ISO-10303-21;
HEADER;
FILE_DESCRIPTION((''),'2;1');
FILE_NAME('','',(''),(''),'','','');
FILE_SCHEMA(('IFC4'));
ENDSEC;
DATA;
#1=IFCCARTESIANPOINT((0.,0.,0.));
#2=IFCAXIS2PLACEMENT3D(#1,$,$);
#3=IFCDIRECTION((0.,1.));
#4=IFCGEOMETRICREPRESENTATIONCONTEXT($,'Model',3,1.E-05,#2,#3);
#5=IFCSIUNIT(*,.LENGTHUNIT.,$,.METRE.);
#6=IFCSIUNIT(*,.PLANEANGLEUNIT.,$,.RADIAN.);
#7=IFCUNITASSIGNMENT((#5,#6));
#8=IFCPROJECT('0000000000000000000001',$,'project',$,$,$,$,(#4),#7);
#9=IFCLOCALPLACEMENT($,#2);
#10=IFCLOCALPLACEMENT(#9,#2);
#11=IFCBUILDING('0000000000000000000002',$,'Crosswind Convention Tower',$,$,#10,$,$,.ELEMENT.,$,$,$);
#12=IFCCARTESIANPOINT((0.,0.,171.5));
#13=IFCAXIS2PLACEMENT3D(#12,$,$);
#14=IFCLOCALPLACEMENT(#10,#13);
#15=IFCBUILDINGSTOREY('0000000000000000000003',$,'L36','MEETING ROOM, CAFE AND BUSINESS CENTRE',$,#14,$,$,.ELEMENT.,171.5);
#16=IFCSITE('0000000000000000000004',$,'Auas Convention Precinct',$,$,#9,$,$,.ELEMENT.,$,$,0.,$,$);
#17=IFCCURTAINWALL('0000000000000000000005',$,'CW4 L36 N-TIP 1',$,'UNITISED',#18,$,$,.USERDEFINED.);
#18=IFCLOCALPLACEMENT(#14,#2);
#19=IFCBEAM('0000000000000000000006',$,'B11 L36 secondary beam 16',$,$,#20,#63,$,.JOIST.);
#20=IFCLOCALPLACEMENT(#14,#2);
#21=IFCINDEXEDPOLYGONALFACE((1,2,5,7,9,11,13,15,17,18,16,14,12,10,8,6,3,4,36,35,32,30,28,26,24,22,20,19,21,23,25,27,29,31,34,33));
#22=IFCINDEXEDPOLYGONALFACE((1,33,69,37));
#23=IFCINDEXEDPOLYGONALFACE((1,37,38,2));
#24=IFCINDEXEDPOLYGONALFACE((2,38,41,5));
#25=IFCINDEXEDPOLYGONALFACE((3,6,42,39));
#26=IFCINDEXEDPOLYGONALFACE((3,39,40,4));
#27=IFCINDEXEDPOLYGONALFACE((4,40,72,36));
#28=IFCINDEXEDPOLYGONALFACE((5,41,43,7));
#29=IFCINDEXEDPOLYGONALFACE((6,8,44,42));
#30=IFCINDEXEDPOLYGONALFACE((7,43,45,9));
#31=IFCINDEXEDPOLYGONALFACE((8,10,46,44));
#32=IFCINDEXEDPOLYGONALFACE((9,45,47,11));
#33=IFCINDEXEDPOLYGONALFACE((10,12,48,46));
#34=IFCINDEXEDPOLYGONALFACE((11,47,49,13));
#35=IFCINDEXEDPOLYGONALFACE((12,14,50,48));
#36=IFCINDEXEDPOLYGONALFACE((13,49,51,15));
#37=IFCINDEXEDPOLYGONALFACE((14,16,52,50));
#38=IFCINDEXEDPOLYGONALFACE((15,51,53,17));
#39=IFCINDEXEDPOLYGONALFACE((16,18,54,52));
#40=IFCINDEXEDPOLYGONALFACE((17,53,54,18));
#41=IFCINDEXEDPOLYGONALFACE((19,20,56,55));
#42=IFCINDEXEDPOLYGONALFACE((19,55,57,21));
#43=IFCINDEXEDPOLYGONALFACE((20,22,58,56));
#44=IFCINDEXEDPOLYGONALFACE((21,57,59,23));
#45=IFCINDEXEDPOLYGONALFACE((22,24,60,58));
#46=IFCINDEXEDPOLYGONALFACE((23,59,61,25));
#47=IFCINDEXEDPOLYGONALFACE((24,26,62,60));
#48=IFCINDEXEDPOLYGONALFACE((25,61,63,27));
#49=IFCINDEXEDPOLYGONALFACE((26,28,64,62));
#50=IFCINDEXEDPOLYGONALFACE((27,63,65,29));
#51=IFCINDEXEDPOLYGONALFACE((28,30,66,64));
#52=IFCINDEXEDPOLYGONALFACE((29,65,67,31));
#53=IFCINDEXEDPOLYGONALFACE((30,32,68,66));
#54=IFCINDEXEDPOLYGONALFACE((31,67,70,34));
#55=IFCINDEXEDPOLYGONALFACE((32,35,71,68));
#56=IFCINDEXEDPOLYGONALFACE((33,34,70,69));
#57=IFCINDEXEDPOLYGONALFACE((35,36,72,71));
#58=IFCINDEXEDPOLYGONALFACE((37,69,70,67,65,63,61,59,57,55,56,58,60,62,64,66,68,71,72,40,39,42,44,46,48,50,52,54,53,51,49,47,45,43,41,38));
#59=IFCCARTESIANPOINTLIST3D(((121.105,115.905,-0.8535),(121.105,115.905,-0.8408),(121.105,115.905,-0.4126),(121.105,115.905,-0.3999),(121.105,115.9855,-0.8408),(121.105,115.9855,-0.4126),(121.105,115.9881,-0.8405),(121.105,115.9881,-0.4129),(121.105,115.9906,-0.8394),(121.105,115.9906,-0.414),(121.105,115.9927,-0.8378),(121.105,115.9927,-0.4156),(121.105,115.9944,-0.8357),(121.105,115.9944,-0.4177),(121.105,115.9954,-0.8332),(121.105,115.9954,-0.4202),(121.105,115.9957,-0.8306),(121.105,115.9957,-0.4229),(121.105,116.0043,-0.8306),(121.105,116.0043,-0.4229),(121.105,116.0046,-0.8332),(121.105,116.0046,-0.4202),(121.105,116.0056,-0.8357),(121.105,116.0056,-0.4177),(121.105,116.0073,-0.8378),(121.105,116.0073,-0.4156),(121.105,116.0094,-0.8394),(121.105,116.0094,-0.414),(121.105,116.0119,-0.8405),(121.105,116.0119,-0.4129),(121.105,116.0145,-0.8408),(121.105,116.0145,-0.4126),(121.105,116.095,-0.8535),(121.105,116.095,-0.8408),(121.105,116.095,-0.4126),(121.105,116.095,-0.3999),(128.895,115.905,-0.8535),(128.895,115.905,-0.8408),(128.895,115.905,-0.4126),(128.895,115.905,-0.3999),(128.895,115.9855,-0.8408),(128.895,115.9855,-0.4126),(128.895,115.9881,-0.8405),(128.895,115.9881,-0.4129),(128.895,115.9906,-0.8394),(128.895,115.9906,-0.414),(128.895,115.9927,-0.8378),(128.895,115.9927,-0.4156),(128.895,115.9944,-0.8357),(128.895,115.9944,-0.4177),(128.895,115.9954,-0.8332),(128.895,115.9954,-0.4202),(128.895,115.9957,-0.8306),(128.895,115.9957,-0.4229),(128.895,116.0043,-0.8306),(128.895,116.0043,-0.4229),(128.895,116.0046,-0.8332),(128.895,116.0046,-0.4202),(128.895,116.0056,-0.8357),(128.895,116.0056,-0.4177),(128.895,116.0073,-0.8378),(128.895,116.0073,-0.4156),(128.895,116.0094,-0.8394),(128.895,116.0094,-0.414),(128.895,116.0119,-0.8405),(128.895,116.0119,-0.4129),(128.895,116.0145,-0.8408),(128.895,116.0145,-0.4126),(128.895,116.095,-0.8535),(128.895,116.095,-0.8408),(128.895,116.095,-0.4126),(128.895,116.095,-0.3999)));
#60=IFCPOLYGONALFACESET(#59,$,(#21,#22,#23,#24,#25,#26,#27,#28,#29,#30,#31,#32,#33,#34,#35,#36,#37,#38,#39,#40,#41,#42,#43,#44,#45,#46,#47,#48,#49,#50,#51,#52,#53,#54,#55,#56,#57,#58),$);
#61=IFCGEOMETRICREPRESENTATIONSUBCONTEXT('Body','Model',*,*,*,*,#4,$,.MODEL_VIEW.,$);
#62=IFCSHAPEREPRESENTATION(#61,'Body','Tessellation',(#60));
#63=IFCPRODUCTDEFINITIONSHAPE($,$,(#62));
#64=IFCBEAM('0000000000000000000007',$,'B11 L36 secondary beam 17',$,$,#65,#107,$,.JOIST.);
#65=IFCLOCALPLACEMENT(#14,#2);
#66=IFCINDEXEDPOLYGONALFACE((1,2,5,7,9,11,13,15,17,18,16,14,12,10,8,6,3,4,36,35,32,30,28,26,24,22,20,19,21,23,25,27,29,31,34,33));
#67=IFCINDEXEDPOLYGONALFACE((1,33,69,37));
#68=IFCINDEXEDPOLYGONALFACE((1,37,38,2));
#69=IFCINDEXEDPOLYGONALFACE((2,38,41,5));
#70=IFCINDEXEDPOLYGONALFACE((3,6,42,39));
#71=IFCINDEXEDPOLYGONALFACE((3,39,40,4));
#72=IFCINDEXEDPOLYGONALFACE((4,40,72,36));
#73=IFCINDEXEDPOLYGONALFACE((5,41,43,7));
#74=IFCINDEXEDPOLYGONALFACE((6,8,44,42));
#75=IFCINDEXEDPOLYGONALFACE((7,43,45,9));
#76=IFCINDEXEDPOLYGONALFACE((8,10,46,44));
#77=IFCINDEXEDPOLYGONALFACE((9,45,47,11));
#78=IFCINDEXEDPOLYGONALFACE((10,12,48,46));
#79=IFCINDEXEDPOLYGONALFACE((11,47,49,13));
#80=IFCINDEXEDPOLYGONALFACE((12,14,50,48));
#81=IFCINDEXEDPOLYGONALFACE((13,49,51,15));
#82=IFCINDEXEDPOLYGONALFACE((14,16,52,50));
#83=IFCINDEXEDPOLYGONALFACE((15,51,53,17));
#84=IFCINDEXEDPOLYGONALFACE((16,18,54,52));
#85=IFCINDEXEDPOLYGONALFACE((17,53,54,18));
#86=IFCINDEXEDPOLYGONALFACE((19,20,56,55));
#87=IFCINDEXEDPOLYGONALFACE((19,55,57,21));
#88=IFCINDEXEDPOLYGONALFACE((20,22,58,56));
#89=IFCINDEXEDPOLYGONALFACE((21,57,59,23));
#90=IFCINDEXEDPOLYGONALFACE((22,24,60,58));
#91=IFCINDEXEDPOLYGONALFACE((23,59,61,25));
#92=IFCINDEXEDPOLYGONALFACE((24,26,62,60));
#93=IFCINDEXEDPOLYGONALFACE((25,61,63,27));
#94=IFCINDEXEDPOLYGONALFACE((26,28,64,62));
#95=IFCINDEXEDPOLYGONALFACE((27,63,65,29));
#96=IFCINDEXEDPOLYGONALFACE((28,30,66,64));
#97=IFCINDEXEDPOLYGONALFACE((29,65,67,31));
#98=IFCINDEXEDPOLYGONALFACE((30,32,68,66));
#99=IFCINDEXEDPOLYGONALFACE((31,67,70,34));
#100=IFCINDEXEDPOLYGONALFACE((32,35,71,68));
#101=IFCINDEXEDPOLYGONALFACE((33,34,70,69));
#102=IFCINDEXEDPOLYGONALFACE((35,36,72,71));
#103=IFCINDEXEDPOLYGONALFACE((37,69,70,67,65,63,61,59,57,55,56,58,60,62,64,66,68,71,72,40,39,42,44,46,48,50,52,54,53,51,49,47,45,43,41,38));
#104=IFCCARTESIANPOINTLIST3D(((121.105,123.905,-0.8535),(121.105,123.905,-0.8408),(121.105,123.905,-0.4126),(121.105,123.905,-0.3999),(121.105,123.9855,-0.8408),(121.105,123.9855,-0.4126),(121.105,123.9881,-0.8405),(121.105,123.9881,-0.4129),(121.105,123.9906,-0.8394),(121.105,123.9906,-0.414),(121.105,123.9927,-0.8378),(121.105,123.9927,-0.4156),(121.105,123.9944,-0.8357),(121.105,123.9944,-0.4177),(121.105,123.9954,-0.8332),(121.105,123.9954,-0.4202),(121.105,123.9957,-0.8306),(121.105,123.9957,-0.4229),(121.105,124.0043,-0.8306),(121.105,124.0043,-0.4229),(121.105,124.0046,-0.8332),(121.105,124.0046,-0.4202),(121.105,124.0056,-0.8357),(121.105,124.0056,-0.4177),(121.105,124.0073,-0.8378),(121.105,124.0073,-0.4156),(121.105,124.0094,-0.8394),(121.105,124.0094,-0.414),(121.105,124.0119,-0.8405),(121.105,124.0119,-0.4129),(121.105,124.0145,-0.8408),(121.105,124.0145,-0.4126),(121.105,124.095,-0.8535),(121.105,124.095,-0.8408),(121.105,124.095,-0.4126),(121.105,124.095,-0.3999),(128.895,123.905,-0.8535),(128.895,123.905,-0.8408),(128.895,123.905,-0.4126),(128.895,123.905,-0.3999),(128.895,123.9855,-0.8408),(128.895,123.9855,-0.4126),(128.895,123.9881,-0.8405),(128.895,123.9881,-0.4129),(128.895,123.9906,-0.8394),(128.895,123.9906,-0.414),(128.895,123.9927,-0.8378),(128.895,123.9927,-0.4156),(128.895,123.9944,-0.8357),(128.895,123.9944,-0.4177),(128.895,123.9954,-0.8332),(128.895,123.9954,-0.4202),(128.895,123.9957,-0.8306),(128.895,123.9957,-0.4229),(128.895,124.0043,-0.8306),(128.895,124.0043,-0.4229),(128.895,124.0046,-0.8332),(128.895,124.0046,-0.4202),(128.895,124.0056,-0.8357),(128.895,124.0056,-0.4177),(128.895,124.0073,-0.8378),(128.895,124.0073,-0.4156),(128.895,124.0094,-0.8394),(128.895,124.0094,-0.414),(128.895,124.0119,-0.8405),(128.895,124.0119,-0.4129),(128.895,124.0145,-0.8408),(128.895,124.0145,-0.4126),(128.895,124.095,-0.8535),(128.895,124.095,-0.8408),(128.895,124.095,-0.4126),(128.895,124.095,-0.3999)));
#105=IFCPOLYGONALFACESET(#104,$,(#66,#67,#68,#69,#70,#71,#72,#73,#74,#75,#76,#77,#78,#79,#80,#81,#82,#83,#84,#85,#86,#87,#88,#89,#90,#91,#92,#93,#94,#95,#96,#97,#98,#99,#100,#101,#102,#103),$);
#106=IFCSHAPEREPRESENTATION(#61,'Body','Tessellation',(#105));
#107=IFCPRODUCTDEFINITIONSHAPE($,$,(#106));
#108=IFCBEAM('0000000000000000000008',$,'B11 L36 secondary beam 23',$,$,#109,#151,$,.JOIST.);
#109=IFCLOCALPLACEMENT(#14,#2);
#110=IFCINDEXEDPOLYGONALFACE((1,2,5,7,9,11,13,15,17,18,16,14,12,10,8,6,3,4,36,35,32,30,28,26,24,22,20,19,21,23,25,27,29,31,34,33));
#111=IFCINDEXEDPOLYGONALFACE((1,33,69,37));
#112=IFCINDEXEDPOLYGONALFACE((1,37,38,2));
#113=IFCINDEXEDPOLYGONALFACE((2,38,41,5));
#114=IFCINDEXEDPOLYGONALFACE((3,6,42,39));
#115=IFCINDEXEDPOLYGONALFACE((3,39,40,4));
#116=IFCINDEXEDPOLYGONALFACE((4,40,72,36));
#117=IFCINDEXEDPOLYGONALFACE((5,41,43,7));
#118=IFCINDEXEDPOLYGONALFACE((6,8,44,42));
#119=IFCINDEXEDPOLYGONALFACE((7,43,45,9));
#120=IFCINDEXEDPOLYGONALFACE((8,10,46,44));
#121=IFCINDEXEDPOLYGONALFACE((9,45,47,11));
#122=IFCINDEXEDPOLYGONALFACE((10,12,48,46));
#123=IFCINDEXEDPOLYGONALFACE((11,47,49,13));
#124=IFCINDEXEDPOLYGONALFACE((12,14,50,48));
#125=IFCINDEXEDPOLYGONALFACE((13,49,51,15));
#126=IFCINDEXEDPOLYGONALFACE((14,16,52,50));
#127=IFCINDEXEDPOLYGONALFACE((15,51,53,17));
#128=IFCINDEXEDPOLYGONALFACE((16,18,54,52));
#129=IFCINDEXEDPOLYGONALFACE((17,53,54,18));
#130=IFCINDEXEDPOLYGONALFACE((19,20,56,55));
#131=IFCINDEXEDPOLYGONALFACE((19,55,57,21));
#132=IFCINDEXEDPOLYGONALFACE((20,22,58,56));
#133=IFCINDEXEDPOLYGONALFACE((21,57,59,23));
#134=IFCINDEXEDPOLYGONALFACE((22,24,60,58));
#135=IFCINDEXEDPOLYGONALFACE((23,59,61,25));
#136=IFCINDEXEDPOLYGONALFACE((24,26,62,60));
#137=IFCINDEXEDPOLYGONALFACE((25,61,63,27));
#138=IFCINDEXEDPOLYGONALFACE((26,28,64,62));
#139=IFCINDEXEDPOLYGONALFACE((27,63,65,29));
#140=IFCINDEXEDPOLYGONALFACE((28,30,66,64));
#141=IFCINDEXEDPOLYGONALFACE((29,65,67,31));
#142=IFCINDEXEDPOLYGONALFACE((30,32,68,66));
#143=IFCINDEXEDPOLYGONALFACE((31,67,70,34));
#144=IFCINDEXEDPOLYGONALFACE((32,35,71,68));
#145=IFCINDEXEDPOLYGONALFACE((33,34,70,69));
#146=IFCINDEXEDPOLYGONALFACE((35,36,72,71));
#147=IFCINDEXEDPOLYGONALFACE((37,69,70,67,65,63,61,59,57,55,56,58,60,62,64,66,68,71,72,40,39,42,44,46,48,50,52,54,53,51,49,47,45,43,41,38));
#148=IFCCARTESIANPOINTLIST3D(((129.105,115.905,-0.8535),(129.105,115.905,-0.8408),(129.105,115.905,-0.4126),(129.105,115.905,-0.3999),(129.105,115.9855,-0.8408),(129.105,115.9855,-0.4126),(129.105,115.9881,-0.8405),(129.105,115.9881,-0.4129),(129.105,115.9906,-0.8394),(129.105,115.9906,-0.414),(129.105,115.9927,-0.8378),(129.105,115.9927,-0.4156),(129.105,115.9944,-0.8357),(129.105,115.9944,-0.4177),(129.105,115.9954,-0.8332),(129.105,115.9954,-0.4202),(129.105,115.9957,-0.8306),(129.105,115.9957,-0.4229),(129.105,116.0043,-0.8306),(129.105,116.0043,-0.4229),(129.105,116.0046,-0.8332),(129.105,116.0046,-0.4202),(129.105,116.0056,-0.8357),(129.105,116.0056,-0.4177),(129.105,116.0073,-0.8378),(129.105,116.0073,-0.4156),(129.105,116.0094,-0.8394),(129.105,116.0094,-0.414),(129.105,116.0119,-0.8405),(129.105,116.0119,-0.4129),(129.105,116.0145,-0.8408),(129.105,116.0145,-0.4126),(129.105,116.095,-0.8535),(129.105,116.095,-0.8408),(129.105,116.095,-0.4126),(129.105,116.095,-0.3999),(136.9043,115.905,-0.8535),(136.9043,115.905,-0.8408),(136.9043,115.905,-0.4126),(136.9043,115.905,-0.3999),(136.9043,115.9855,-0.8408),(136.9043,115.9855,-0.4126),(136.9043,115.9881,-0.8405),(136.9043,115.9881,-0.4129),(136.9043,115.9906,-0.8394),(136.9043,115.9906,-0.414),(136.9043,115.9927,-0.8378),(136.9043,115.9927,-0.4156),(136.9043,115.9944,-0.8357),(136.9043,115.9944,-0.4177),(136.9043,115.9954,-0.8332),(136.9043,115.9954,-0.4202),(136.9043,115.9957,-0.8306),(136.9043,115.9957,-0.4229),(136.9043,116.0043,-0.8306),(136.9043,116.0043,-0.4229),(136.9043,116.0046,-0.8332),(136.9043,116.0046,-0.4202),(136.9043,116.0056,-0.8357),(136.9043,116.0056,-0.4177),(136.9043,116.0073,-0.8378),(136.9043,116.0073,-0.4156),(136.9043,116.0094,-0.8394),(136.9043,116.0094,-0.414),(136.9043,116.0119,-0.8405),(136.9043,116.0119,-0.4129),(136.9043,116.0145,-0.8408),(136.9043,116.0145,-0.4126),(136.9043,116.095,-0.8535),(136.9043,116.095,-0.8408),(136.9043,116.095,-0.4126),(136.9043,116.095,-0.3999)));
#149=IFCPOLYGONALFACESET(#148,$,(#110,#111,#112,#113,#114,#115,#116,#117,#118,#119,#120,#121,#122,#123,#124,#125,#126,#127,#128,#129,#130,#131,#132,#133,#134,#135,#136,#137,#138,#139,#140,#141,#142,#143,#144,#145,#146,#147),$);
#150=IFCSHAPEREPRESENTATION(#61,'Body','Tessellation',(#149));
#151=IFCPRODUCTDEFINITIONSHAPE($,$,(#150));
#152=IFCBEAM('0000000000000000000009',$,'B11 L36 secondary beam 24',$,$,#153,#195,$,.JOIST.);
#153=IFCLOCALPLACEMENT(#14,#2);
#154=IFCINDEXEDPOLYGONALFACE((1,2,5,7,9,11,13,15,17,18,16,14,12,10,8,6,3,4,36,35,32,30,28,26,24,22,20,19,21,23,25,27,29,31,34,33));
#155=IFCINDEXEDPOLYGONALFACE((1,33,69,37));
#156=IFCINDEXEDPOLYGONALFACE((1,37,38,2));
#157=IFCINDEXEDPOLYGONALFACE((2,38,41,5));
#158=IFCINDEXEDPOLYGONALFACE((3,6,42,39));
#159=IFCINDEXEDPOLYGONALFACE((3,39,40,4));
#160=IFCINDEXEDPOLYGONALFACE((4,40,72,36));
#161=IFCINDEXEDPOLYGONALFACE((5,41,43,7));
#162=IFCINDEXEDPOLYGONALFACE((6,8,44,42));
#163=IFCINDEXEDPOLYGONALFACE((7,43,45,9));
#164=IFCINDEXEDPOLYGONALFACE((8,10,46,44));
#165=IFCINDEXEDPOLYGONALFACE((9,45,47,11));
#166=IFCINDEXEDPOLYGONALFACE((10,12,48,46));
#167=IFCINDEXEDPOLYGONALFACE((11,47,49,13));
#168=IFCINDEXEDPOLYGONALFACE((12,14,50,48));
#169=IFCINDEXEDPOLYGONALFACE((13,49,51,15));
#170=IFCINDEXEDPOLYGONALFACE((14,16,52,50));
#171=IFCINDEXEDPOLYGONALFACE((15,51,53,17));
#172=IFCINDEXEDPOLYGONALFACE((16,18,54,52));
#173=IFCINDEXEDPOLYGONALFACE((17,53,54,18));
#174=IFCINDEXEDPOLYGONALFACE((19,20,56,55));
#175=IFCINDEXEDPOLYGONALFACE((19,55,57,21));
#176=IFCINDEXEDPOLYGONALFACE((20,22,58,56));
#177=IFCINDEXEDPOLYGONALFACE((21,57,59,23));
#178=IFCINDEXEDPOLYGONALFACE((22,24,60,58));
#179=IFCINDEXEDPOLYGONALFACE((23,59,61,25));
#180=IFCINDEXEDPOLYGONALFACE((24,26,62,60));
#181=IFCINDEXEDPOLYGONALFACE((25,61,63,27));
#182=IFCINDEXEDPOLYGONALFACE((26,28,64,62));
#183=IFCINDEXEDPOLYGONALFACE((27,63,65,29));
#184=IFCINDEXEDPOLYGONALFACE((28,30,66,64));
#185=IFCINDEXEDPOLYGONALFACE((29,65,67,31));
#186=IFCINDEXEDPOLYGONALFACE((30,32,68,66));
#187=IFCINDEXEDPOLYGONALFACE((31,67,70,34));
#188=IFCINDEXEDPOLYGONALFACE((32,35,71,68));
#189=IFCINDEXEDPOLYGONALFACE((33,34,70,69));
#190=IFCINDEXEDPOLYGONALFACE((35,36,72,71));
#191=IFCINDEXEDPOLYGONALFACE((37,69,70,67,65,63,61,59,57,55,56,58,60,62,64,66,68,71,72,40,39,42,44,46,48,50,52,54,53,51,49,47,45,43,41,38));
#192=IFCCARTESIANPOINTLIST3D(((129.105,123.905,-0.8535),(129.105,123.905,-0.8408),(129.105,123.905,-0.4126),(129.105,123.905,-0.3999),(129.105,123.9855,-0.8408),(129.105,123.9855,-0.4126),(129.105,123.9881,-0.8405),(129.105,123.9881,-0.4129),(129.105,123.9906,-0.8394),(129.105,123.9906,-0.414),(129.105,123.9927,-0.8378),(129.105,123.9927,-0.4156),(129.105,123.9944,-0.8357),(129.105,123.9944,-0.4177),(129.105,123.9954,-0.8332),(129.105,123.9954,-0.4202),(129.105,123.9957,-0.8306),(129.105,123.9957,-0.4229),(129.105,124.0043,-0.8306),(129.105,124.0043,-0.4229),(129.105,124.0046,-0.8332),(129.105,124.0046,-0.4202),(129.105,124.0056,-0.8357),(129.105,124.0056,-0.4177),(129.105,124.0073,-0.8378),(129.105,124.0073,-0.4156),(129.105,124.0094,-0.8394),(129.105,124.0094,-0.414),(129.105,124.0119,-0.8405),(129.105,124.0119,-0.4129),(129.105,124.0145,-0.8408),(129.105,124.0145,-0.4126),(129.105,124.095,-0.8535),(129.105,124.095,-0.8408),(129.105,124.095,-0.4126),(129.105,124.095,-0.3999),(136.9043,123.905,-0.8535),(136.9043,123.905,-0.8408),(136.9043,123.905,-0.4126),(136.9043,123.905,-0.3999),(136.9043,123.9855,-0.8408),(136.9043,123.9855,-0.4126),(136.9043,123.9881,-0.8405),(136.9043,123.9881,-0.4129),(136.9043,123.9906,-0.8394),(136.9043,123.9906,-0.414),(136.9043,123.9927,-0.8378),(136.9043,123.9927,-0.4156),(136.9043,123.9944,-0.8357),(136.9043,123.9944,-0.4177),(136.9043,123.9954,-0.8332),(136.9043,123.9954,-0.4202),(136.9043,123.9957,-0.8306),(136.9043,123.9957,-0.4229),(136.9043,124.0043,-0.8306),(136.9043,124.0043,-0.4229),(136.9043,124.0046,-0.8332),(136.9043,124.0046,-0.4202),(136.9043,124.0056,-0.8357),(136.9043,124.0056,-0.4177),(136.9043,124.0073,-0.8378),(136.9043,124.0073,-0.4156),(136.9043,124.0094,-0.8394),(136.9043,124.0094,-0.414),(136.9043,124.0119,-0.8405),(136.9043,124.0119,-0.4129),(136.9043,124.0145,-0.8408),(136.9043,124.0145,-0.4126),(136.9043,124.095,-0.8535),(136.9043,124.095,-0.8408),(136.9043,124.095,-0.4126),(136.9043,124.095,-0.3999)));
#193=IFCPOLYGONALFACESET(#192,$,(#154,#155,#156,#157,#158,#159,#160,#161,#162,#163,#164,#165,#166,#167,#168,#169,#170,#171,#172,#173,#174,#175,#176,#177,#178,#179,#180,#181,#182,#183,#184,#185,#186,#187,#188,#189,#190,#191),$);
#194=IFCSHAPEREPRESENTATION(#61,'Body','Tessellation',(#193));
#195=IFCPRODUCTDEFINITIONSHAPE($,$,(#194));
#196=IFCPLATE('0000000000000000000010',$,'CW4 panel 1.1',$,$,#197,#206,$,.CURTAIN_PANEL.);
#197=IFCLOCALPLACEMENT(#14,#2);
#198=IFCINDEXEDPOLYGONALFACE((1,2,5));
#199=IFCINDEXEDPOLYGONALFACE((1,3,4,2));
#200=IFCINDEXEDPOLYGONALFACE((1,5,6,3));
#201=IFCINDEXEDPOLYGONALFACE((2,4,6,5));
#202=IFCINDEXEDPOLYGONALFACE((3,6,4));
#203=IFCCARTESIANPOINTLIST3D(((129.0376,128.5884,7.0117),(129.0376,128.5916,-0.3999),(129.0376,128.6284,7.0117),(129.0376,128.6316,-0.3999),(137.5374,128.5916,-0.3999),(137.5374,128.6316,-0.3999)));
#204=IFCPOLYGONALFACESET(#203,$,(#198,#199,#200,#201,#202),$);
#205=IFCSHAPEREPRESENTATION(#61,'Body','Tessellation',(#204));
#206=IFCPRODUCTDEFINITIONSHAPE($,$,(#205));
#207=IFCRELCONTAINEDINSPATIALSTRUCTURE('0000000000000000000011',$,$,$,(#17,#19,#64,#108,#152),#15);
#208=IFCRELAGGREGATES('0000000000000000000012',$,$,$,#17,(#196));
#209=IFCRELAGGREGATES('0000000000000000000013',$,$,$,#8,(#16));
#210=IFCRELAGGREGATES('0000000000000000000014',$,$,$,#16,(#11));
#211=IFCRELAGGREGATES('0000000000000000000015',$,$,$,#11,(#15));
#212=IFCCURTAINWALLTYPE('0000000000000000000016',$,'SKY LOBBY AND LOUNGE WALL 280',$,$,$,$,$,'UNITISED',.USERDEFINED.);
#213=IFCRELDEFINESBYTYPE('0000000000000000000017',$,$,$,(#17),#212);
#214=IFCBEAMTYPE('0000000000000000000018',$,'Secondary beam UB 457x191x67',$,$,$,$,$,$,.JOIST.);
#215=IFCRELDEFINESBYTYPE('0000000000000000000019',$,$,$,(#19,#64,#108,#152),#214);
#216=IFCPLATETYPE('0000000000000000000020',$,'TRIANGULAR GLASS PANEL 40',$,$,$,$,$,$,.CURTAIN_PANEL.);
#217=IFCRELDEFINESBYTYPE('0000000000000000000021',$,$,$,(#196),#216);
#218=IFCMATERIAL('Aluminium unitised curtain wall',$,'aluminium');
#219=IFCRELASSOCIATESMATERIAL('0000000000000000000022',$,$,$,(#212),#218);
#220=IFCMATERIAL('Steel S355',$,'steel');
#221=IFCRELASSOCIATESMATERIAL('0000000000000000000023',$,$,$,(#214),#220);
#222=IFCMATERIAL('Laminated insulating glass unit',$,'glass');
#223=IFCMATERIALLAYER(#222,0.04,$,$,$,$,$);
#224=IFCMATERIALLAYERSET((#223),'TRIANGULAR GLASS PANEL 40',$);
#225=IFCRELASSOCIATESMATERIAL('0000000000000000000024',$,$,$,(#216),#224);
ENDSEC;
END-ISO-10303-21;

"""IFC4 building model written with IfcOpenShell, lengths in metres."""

from ifc_helpers import new_model, si_unit, direction, frame, origin, origin_2d, place, context, subcontext, project, spatial, polyline, i_section, outline, extrude, material, layer, layer_set, material_profile, profile_set, type_object, element, aggregate, save


model = new_model("IFC4")

# Units and contexts
model_context = context("Model", 3, precision=1e-05, world=origin(), true_north=direction((0.0, 1.0)))
body_context = subcontext(model_context, "Body", "Model", "MODEL_VIEW")
ifc_project = project(units=[si_unit("LENGTHUNIT", "METRE"), si_unit("PLANEANGLEUNIT", "RADIAN")], contexts=[model_context])

# Site, building, storey
site_placement = place(None, origin())
site = spatial("IfcSite", under=ifc_project, at=site_placement, Name="Auas Convention Precinct", CompositionType="ELEMENT", RefElevation=0.0)
building_placement = place(site_placement, origin())
building = spatial("IfcBuilding", under=site, at=building_placement, Name="Crosswind Convention Tower", CompositionType="ELEMENT")
storey_placement = place(building_placement, frame((0.0, 0.0, 171.5)))
storey = spatial("IfcBuildingStorey", under=building, at=storey_placement, Name="L36", Description="MEETING ROOM, CAFE AND BUSINESS CENTRE", CompositionType="ELEMENT", Elevation=171.5)

# Shared definitions
ifc_material_1 = material(Name="Steel S355", Category="steel")

# Curtain wall
ifc_material_2 = material(Name="Aluminium unitised curtain wall", Category="aluminium")
curtain_wall_type = type_object("IfcCurtainWallType", Name="SKY LOBBY AND LOUNGE WALL 280", ElementType="UNITISED", PredefinedType="USERDEFINED", material=ifc_material_2)
curtain_wall_placement = place(storey_placement, origin())
curtain_wall = element("IfcCurtainWall", 1, at=curtain_wall_placement, inside=storey, type_object=curtain_wall_type, Name="CW4 L36 N-TIP 1", ObjectType="UNITISED", PredefinedType="USERDEFINED")

# Beams
ifc_material_profile_1 = material_profile(ifc_material_1, i_section(OverallWidth=0.1899, OverallDepth=0.4536, WebThickness=0.0085, FlangeThickness=0.0127, FilletRadius=0.0103, at=origin_2d()), Name="UB 457x191x67")
ifc_profile_set_1 = profile_set([ifc_material_profile_1], Name="Steel S355")
beam_type_1 = type_object("IfcBeamType", Name="Secondary beam UB 457x191x67", PredefinedType="JOIST", material=ifc_profile_set_1)
for number, where, z_axis, x_axis, name in (
    (2, (121.105, 116.0, -0.6267), (1.0, 0.0, 0.0), (0.0, 1.0, 0.0), "B11 L36 secondary beam 16"),
    (3, (121.105, 124.0, -0.6267), (1.0, 0.0, 0.0), (0.0, 1.0, 0.0), "B11 L36 secondary beam 17"),
):
    element("IfcBeam", number, at=place(storey_placement, frame(where, z_axis=z_axis, x_axis=x_axis)), inside=storey, type_object=beam_type_1, Name=name, PredefinedType="JOIST", context=body_context, shape_type="SweptSolid", body=[
        extrude(i_section(OverallWidth=0.1899, OverallDepth=0.4536, WebThickness=0.0085, FlangeThickness=0.0127, FilletRadius=0.0103, at=origin_2d()), origin(), (0.0, 0.0, 1.0), 7.79),
    ])
for number, where, z_axis, x_axis, name in (
    (4, (129.105, 116.0, -0.6267), (1.0, 0.0, 0.0), (0.0, 1.0, 0.0), "B11 L36 secondary beam 23"),
    (5, (129.105, 124.0, -0.6267), (1.0, 0.0, 0.0), (0.0, 1.0, 0.0), "B11 L36 secondary beam 24"),
):
    element("IfcBeam", number, at=place(storey_placement, frame(where, z_axis=z_axis, x_axis=x_axis)), inside=storey, type_object=beam_type_1, Name=name, PredefinedType="JOIST", context=body_context, shape_type="SweptSolid", body=[
        extrude(i_section(OverallWidth=0.1899, OverallDepth=0.4536, WebThickness=0.0085, FlangeThickness=0.0127, FilletRadius=0.0103, at=origin_2d()), origin(), (0.0, 0.0, 1.0), 7.7993),
    ])

# Plate
ifc_material_3 = material(Name="Laminated insulating glass unit", Category="glass")
ifc_layer_1 = layer(ifc_material_3, 0.04)
ifc_layer_set_1 = layer_set([ifc_layer_1], Name="TRIANGULAR GLASS PANEL 40")
plate_type = type_object("IfcPlateType", Name="TRIANGULAR GLASS PANEL 40", PredefinedType="CURTAIN_PANEL", material=ifc_layer_set_1)
plate_1_placement = place(storey_placement, frame((129.0376, 128.6316, -0.3999), z_axis=(0.0, 1.0, 0.000428), x_axis=(0.0, -0.000428, 1.0)))
plate_1 = element("IfcPlate", 6, at=plate_1_placement, type_object=plate_type, Name="CW4 panel 1.1", PredefinedType="CURTAIN_PANEL", context=body_context, shape_type="SweptSolid", body=[
    extrude(outline(polyline([(0.0, 0.0), (7.4116, 0.0), (0.0, 8.4998), (0.0, 0.0)])), origin(), (0.0, 0.0, -1.0), 0.04),
])
aggregate(curtain_wall, [plate_1])

save(model, "model.ifc")
